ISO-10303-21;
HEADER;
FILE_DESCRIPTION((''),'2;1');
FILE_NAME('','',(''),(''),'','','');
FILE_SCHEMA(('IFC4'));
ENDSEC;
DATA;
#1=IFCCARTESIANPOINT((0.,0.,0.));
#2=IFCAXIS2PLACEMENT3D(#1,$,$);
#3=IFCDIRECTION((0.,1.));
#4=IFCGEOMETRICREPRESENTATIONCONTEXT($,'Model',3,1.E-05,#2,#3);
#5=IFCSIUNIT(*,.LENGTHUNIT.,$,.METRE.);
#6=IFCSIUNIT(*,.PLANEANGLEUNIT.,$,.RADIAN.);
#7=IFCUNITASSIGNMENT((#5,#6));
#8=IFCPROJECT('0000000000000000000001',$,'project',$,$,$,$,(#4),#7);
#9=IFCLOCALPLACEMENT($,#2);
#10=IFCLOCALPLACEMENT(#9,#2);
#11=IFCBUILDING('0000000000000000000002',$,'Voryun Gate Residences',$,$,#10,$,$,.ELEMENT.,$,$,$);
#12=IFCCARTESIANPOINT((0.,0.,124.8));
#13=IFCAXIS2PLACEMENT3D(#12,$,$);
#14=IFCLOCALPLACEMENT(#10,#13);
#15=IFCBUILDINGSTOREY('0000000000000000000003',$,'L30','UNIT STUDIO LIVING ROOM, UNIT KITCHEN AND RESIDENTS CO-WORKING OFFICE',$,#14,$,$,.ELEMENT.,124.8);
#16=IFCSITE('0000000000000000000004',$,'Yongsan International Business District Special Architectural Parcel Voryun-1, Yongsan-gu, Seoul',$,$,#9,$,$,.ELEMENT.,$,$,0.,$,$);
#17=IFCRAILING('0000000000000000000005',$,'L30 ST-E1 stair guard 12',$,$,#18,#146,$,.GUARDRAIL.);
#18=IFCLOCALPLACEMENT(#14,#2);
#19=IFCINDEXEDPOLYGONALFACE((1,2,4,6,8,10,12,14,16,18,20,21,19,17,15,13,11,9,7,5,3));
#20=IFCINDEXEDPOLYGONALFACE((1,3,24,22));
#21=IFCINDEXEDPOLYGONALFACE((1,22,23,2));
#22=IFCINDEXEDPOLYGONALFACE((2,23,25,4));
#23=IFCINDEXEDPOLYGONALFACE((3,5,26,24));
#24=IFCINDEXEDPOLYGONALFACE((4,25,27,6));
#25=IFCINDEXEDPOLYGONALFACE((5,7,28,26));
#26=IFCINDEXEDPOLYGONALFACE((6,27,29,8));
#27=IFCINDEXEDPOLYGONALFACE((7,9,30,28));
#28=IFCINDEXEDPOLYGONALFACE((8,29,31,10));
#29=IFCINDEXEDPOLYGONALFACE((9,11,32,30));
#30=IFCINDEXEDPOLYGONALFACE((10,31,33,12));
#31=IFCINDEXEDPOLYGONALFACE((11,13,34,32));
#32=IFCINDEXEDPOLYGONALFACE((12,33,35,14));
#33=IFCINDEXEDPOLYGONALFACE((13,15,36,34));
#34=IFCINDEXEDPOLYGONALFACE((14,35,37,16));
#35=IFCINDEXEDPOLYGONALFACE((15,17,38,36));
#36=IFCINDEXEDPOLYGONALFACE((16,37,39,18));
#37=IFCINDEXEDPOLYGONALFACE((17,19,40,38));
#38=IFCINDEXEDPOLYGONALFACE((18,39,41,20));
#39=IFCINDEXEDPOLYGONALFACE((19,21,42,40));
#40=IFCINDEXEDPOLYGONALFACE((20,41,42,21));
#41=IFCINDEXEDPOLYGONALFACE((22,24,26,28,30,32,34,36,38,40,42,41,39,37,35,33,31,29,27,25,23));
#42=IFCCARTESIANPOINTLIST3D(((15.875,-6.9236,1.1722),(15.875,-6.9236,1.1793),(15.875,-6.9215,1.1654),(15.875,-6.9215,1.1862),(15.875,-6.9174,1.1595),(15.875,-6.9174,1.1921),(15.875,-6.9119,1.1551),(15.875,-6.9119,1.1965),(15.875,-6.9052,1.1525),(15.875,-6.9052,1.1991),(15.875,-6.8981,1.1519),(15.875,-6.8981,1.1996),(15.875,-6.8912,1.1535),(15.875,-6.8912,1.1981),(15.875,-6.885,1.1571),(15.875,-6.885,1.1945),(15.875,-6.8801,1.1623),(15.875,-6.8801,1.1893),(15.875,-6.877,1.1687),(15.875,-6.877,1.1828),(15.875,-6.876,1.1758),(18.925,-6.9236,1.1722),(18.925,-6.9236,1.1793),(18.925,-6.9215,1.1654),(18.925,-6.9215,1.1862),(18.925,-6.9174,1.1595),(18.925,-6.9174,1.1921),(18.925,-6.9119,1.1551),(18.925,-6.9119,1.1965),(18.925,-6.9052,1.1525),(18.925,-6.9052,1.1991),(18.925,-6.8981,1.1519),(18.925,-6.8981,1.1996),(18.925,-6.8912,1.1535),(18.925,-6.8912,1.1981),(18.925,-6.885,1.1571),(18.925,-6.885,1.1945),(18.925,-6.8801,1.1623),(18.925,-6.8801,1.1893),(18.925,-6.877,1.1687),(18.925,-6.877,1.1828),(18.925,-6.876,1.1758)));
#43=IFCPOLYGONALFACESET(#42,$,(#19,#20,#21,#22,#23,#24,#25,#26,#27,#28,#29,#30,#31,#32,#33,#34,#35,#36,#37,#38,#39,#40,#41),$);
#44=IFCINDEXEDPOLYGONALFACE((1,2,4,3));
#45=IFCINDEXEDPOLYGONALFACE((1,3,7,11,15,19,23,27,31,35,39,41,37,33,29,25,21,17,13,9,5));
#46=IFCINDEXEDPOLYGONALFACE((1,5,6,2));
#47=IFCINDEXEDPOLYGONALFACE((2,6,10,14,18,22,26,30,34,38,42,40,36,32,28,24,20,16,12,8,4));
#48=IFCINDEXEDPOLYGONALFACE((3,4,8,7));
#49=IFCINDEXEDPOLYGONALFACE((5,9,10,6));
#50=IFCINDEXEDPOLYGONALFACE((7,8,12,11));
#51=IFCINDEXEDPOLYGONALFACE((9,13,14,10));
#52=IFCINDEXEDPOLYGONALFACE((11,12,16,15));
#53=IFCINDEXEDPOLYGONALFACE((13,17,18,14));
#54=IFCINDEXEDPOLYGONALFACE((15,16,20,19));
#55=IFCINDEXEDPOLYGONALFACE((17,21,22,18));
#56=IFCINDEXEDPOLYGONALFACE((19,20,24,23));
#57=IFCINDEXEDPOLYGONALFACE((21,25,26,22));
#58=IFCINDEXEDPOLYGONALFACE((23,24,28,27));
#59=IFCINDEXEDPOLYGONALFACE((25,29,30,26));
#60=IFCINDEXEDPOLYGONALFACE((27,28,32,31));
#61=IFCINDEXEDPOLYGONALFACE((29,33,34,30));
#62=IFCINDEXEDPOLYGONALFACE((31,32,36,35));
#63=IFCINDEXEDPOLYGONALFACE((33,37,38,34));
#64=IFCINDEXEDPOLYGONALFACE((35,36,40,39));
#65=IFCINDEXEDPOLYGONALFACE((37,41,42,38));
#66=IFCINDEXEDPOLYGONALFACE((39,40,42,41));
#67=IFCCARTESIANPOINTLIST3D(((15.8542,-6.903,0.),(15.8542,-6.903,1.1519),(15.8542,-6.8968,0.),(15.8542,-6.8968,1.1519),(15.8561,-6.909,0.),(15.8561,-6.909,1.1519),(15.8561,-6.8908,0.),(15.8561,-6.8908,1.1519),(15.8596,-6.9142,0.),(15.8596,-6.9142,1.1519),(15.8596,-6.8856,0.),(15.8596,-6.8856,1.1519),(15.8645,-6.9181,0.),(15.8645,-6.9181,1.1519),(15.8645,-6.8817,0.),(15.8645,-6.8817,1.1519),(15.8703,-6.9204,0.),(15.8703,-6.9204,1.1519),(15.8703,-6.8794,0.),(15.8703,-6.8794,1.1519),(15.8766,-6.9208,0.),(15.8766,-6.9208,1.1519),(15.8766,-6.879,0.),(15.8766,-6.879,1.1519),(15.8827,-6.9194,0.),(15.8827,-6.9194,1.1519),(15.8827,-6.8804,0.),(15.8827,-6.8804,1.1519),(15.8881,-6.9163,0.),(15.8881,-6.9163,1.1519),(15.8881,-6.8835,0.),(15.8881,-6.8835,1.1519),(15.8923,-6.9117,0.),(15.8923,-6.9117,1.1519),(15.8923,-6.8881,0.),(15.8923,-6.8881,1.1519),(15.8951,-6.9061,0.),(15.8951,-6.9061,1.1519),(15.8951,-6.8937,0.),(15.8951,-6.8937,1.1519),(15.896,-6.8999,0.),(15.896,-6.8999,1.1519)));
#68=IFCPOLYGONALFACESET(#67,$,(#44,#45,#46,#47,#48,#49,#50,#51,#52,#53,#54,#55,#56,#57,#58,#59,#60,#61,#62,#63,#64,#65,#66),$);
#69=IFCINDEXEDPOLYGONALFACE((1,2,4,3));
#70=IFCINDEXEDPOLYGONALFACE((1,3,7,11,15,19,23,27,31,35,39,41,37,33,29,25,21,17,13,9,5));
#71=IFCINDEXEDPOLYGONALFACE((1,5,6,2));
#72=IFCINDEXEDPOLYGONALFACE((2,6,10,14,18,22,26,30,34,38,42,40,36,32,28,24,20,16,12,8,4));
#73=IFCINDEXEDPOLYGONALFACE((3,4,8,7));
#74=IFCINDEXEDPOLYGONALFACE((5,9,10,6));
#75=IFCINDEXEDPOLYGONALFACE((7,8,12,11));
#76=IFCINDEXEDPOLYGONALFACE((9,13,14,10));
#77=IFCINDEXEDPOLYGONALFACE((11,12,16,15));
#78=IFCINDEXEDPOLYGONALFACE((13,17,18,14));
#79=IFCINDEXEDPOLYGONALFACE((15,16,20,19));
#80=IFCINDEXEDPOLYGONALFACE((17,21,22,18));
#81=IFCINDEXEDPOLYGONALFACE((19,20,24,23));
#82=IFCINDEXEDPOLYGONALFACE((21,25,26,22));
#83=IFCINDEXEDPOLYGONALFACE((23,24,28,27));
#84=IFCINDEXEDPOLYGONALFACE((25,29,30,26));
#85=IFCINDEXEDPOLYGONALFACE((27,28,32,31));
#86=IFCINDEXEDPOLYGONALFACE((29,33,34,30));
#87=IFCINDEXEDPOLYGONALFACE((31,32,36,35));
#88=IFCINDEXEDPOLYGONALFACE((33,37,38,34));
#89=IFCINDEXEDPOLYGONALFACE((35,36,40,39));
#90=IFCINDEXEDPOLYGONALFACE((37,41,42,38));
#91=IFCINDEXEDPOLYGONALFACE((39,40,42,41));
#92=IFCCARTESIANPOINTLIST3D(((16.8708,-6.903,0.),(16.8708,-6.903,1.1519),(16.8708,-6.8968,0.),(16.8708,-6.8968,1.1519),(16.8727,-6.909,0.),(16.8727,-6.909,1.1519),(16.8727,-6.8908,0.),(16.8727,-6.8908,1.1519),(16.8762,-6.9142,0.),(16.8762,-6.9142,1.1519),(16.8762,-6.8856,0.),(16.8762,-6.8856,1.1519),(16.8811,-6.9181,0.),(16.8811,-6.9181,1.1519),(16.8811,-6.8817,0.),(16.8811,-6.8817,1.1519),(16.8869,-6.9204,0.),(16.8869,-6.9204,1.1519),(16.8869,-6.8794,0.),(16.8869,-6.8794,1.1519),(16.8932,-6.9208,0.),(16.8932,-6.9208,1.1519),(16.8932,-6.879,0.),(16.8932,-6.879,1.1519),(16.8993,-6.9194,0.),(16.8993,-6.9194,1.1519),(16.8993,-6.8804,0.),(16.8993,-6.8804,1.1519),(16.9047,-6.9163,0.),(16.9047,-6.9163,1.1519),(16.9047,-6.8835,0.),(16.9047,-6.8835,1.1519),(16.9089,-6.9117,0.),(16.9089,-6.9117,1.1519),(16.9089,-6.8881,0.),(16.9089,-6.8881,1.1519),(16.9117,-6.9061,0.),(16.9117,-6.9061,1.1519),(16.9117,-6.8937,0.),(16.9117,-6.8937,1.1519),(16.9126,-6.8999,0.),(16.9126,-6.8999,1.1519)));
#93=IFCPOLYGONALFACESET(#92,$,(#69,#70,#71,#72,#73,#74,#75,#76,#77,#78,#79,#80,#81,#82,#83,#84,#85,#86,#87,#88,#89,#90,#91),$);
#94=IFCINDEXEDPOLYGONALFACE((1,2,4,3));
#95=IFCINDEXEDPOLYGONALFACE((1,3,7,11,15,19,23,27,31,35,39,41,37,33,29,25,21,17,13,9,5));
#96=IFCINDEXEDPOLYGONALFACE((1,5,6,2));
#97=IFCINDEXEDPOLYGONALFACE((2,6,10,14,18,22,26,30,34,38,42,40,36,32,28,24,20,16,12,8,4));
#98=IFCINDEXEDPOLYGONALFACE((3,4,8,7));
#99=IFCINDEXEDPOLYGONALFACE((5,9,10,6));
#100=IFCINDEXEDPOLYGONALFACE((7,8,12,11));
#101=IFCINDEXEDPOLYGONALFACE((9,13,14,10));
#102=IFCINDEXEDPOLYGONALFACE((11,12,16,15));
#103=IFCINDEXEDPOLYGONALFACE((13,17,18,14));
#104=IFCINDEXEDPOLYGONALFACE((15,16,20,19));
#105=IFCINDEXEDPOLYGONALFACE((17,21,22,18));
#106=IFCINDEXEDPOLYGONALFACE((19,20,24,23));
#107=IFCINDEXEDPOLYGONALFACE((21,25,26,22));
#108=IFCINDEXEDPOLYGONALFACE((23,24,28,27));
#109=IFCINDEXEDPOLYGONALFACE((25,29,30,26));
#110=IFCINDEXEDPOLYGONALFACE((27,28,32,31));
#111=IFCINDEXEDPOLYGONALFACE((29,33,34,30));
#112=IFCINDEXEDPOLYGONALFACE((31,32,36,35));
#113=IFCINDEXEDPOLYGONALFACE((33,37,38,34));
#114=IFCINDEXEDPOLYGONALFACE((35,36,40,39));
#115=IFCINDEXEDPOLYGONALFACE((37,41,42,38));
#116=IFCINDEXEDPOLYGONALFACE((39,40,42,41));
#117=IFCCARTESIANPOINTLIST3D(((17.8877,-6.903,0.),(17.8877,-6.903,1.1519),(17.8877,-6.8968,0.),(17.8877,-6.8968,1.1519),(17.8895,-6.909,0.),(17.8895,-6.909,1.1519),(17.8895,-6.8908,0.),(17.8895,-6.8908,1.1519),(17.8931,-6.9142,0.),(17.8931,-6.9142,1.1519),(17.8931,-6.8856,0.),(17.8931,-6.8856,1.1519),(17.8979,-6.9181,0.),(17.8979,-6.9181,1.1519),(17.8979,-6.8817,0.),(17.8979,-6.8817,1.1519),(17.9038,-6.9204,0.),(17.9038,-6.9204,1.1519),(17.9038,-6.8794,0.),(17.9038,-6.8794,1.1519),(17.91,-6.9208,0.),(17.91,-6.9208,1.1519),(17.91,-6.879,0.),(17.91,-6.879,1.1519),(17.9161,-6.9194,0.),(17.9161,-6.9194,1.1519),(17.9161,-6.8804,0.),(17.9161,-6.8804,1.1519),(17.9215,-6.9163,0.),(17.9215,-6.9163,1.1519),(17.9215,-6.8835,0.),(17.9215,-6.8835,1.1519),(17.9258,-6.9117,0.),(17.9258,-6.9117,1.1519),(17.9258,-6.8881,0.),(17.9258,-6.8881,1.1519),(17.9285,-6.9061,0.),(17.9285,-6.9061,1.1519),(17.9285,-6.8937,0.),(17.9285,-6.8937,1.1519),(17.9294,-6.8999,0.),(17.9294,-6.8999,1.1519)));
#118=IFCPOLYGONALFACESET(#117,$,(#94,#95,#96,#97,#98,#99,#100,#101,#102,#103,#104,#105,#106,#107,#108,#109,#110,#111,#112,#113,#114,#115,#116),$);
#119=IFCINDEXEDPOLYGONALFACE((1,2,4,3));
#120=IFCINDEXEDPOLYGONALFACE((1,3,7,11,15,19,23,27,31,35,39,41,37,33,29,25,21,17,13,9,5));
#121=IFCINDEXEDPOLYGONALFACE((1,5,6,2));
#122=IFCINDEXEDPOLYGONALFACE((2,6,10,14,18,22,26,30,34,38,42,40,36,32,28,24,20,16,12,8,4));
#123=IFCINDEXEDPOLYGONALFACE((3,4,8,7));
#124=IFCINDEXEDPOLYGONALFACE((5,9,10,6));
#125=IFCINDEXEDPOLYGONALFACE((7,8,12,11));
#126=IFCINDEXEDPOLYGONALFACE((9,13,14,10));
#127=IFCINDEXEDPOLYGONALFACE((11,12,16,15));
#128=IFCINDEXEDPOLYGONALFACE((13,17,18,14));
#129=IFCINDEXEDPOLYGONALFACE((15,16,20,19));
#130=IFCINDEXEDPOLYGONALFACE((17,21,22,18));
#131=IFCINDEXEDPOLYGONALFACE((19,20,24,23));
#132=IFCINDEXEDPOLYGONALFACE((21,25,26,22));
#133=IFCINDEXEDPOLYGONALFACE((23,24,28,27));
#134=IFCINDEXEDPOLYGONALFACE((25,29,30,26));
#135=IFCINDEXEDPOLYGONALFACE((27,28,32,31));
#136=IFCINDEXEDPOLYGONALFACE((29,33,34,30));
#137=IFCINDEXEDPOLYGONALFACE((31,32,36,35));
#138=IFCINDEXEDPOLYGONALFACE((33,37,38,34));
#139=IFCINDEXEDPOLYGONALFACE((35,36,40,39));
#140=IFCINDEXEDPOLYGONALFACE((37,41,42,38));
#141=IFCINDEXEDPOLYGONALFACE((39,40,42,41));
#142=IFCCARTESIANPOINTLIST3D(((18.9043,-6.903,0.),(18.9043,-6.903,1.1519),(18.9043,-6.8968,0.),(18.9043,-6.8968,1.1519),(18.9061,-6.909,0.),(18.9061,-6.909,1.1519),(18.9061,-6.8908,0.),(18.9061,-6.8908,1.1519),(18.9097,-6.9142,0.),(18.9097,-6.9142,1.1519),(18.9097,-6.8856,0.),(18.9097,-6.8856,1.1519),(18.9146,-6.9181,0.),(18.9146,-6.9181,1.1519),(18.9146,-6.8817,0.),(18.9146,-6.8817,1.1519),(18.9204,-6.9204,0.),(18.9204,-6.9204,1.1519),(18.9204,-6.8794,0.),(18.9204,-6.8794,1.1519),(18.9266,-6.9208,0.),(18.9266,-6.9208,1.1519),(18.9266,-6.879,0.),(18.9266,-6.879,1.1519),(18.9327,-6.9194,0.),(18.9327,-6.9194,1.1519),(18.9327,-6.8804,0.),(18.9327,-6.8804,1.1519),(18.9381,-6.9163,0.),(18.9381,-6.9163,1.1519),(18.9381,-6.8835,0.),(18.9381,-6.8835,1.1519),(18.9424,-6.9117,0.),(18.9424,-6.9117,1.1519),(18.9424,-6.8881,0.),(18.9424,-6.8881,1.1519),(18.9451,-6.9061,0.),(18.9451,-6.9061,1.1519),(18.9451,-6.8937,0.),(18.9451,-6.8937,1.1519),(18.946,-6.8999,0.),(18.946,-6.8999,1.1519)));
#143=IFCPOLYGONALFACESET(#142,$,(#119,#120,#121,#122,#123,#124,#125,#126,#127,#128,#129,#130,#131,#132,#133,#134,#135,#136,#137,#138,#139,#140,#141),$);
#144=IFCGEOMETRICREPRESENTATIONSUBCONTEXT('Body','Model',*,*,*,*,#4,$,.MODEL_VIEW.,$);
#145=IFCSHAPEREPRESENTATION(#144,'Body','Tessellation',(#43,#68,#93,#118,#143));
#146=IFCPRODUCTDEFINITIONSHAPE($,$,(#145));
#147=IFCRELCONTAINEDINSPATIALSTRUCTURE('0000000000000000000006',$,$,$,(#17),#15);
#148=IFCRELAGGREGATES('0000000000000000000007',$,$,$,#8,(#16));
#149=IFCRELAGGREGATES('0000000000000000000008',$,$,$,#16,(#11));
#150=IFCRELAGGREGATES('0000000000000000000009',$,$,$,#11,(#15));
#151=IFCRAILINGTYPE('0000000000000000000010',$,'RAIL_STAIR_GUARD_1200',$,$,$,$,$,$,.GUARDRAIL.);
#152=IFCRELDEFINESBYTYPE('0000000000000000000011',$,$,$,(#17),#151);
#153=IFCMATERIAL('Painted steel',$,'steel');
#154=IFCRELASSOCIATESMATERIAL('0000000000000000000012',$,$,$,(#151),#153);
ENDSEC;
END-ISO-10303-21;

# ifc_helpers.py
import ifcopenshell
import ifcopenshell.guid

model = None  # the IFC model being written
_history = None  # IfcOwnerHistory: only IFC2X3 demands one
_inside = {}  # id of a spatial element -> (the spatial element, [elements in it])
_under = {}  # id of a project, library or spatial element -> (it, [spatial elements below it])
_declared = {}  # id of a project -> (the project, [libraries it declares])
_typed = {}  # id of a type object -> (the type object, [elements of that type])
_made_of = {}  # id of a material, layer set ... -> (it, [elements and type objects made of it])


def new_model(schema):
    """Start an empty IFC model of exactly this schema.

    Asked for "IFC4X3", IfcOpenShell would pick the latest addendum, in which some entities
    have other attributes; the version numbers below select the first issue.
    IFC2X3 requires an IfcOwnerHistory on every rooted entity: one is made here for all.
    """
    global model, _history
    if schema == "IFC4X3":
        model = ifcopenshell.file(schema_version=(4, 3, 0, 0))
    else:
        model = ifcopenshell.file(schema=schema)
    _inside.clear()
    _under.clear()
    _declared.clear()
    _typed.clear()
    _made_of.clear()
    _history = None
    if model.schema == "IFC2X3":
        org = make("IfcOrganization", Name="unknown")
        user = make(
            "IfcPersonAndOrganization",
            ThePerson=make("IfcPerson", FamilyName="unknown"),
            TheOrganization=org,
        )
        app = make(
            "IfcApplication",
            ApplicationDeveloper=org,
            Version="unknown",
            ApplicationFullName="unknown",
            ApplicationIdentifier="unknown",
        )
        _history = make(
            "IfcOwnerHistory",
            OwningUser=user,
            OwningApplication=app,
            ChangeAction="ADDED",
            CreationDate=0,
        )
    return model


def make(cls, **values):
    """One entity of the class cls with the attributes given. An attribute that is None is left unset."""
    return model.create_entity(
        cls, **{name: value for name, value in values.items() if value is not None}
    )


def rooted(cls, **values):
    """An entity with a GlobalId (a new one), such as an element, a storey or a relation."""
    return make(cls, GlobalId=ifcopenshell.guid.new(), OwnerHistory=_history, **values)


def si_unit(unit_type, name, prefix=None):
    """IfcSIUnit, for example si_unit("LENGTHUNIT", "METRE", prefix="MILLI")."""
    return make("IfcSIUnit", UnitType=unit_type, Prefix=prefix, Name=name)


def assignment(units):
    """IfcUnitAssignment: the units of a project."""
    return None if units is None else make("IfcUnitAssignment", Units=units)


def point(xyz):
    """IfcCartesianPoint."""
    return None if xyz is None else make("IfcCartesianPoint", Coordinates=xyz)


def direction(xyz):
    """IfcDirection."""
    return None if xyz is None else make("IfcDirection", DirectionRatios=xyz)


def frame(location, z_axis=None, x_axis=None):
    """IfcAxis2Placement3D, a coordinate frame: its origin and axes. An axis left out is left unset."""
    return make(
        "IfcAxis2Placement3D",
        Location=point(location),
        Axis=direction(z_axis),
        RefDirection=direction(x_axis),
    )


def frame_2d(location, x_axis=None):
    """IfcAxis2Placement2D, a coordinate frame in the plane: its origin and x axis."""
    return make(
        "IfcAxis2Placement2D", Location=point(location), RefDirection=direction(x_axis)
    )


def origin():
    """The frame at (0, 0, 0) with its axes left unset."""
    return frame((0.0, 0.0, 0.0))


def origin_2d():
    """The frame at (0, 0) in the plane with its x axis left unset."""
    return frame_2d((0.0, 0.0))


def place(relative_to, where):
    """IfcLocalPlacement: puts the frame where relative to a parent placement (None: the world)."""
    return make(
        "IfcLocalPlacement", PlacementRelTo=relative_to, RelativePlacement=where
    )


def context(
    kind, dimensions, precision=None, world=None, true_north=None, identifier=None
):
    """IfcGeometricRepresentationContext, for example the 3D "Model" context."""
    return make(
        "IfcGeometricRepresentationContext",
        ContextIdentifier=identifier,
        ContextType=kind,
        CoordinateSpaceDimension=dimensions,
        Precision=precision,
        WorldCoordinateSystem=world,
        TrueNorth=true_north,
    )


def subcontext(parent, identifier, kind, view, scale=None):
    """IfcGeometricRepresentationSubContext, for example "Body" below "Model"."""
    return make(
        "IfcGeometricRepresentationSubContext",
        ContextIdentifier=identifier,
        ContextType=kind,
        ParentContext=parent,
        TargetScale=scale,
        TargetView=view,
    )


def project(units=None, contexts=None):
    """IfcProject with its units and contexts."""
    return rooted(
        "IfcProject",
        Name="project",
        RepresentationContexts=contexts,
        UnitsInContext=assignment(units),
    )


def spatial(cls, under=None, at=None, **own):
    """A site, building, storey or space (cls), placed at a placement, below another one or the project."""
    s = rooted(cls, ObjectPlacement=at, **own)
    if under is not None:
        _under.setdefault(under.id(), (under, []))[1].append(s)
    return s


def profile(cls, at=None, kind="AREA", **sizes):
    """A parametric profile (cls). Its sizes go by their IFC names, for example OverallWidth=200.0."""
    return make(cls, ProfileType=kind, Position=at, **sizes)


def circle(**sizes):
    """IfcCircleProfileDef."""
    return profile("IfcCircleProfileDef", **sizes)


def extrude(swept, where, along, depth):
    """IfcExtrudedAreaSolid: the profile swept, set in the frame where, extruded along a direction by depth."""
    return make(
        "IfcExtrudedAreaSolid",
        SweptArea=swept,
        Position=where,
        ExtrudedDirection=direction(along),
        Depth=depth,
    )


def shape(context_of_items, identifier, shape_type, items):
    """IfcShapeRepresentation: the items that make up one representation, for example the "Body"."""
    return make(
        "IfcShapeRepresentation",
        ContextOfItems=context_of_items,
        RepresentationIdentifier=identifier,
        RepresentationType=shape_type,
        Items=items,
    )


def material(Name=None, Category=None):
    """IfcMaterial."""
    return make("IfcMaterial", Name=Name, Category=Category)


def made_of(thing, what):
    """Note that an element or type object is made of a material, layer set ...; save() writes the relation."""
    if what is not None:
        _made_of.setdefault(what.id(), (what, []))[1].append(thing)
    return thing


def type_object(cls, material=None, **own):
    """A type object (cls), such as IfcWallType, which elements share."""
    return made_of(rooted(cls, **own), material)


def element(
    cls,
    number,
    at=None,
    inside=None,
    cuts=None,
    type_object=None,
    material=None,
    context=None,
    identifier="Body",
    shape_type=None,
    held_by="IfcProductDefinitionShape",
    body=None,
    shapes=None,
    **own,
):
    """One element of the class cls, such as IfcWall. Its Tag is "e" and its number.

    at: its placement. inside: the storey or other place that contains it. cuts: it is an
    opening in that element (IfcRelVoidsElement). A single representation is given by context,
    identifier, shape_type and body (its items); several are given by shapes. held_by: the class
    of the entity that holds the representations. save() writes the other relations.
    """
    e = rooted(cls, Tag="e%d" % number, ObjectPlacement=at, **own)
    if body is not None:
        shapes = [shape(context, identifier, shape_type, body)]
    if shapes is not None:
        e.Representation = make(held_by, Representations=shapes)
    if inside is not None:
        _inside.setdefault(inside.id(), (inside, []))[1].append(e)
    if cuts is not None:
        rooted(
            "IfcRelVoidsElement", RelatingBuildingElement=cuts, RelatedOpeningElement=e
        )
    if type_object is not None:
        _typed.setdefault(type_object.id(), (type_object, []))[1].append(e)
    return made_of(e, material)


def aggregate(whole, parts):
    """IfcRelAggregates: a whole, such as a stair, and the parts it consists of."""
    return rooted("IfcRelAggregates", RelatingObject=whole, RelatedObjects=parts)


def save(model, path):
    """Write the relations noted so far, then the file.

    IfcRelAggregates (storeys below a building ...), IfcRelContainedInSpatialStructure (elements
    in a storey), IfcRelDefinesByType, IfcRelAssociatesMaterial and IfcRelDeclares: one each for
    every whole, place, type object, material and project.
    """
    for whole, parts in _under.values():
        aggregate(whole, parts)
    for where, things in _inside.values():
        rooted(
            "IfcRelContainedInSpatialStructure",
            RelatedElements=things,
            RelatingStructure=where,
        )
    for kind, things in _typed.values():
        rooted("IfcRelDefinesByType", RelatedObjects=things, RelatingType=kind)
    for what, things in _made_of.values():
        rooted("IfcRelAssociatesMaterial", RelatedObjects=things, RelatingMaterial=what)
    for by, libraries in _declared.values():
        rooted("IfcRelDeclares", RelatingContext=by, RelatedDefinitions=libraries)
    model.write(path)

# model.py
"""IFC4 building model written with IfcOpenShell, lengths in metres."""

from ifc_helpers import new_model, si_unit, direction, frame, origin, origin_2d, place, context, subcontext, project, spatial, circle, extrude, material, type_object, element, save


model = new_model("IFC4")

# Units and contexts
model_context = context("Model", 3, precision=1e-05, world=origin(), true_north=direction((0.0, 1.0)))
body_context = subcontext(model_context, "Body", "Model", "MODEL_VIEW")
ifc_project = project(units=[si_unit("LENGTHUNIT", "METRE"), si_unit("PLANEANGLEUNIT", "RADIAN")], contexts=[model_context])

# Site, building, storey
site_placement = place(None, origin())
site = spatial("IfcSite", under=ifc_project, at=site_placement, Name="Yongsan International Business District Special Architectural Parcel Voryun-1, Yongsan-gu, Seoul", CompositionType="ELEMENT", RefElevation=0.0)
building_placement = place(site_placement, origin())
building = spatial("IfcBuilding", under=site, at=building_placement, Name="Voryun Gate Residences", CompositionType="ELEMENT")
storey_placement = place(building_placement, frame((0.0, 0.0, 124.8)))
storey = spatial("IfcBuildingStorey", under=building, at=storey_placement, Name="L30", Description="UNIT STUDIO LIVING ROOM, UNIT KITCHEN AND RESIDENTS CO-WORKING OFFICE", CompositionType="ELEMENT", Elevation=124.8)

# Railing
ifc_material_1 = material(Name="Painted steel", Category="steel")
railing_type_1 = type_object("IfcRailingType", Name="RAIL_STAIR_GUARD_1200", PredefinedType="GUARDRAIL", material=ifc_material_1)
railing_1_placement = place(storey_placement, frame((15.875, -6.8999, 0.0)))
element("IfcRailing", 1, at=railing_1_placement, inside=storey, type_object=railing_type_1, Name="L30 ST-E1 stair guard 12", PredefinedType="GUARDRAIL", context=body_context, shape_type="SweptSolid", body=[
    extrude(circle(Radius=0.0239, at=origin_2d()), frame((0.0, 0.0, 1.1758), z_axis=(1.0, 0.0, 0.0), x_axis=(0.0, 1.0, 0.0)), (0.0, 0.0, 1.0), 3.05),
    extrude(circle(Radius=0.021, at=origin_2d()), origin(), (0.0, 0.0, 1.0), 1.1519),
    extrude(circle(Radius=0.021, at=origin_2d()), frame((1.0166, 0.0, 0.0)), (0.0, 0.0, 1.0), 1.1519),
    extrude(circle(Radius=0.021, at=origin_2d()), frame((2.0334, 0.0, 0.0)), (0.0, 0.0, 1.0), 1.1519),
    extrude(circle(Radius=0.021, at=origin_2d()), frame((3.05, 0.0, 0.0)), (0.0, 0.0, 1.0), 1.1519),
])

save(model, "model.ifc")
